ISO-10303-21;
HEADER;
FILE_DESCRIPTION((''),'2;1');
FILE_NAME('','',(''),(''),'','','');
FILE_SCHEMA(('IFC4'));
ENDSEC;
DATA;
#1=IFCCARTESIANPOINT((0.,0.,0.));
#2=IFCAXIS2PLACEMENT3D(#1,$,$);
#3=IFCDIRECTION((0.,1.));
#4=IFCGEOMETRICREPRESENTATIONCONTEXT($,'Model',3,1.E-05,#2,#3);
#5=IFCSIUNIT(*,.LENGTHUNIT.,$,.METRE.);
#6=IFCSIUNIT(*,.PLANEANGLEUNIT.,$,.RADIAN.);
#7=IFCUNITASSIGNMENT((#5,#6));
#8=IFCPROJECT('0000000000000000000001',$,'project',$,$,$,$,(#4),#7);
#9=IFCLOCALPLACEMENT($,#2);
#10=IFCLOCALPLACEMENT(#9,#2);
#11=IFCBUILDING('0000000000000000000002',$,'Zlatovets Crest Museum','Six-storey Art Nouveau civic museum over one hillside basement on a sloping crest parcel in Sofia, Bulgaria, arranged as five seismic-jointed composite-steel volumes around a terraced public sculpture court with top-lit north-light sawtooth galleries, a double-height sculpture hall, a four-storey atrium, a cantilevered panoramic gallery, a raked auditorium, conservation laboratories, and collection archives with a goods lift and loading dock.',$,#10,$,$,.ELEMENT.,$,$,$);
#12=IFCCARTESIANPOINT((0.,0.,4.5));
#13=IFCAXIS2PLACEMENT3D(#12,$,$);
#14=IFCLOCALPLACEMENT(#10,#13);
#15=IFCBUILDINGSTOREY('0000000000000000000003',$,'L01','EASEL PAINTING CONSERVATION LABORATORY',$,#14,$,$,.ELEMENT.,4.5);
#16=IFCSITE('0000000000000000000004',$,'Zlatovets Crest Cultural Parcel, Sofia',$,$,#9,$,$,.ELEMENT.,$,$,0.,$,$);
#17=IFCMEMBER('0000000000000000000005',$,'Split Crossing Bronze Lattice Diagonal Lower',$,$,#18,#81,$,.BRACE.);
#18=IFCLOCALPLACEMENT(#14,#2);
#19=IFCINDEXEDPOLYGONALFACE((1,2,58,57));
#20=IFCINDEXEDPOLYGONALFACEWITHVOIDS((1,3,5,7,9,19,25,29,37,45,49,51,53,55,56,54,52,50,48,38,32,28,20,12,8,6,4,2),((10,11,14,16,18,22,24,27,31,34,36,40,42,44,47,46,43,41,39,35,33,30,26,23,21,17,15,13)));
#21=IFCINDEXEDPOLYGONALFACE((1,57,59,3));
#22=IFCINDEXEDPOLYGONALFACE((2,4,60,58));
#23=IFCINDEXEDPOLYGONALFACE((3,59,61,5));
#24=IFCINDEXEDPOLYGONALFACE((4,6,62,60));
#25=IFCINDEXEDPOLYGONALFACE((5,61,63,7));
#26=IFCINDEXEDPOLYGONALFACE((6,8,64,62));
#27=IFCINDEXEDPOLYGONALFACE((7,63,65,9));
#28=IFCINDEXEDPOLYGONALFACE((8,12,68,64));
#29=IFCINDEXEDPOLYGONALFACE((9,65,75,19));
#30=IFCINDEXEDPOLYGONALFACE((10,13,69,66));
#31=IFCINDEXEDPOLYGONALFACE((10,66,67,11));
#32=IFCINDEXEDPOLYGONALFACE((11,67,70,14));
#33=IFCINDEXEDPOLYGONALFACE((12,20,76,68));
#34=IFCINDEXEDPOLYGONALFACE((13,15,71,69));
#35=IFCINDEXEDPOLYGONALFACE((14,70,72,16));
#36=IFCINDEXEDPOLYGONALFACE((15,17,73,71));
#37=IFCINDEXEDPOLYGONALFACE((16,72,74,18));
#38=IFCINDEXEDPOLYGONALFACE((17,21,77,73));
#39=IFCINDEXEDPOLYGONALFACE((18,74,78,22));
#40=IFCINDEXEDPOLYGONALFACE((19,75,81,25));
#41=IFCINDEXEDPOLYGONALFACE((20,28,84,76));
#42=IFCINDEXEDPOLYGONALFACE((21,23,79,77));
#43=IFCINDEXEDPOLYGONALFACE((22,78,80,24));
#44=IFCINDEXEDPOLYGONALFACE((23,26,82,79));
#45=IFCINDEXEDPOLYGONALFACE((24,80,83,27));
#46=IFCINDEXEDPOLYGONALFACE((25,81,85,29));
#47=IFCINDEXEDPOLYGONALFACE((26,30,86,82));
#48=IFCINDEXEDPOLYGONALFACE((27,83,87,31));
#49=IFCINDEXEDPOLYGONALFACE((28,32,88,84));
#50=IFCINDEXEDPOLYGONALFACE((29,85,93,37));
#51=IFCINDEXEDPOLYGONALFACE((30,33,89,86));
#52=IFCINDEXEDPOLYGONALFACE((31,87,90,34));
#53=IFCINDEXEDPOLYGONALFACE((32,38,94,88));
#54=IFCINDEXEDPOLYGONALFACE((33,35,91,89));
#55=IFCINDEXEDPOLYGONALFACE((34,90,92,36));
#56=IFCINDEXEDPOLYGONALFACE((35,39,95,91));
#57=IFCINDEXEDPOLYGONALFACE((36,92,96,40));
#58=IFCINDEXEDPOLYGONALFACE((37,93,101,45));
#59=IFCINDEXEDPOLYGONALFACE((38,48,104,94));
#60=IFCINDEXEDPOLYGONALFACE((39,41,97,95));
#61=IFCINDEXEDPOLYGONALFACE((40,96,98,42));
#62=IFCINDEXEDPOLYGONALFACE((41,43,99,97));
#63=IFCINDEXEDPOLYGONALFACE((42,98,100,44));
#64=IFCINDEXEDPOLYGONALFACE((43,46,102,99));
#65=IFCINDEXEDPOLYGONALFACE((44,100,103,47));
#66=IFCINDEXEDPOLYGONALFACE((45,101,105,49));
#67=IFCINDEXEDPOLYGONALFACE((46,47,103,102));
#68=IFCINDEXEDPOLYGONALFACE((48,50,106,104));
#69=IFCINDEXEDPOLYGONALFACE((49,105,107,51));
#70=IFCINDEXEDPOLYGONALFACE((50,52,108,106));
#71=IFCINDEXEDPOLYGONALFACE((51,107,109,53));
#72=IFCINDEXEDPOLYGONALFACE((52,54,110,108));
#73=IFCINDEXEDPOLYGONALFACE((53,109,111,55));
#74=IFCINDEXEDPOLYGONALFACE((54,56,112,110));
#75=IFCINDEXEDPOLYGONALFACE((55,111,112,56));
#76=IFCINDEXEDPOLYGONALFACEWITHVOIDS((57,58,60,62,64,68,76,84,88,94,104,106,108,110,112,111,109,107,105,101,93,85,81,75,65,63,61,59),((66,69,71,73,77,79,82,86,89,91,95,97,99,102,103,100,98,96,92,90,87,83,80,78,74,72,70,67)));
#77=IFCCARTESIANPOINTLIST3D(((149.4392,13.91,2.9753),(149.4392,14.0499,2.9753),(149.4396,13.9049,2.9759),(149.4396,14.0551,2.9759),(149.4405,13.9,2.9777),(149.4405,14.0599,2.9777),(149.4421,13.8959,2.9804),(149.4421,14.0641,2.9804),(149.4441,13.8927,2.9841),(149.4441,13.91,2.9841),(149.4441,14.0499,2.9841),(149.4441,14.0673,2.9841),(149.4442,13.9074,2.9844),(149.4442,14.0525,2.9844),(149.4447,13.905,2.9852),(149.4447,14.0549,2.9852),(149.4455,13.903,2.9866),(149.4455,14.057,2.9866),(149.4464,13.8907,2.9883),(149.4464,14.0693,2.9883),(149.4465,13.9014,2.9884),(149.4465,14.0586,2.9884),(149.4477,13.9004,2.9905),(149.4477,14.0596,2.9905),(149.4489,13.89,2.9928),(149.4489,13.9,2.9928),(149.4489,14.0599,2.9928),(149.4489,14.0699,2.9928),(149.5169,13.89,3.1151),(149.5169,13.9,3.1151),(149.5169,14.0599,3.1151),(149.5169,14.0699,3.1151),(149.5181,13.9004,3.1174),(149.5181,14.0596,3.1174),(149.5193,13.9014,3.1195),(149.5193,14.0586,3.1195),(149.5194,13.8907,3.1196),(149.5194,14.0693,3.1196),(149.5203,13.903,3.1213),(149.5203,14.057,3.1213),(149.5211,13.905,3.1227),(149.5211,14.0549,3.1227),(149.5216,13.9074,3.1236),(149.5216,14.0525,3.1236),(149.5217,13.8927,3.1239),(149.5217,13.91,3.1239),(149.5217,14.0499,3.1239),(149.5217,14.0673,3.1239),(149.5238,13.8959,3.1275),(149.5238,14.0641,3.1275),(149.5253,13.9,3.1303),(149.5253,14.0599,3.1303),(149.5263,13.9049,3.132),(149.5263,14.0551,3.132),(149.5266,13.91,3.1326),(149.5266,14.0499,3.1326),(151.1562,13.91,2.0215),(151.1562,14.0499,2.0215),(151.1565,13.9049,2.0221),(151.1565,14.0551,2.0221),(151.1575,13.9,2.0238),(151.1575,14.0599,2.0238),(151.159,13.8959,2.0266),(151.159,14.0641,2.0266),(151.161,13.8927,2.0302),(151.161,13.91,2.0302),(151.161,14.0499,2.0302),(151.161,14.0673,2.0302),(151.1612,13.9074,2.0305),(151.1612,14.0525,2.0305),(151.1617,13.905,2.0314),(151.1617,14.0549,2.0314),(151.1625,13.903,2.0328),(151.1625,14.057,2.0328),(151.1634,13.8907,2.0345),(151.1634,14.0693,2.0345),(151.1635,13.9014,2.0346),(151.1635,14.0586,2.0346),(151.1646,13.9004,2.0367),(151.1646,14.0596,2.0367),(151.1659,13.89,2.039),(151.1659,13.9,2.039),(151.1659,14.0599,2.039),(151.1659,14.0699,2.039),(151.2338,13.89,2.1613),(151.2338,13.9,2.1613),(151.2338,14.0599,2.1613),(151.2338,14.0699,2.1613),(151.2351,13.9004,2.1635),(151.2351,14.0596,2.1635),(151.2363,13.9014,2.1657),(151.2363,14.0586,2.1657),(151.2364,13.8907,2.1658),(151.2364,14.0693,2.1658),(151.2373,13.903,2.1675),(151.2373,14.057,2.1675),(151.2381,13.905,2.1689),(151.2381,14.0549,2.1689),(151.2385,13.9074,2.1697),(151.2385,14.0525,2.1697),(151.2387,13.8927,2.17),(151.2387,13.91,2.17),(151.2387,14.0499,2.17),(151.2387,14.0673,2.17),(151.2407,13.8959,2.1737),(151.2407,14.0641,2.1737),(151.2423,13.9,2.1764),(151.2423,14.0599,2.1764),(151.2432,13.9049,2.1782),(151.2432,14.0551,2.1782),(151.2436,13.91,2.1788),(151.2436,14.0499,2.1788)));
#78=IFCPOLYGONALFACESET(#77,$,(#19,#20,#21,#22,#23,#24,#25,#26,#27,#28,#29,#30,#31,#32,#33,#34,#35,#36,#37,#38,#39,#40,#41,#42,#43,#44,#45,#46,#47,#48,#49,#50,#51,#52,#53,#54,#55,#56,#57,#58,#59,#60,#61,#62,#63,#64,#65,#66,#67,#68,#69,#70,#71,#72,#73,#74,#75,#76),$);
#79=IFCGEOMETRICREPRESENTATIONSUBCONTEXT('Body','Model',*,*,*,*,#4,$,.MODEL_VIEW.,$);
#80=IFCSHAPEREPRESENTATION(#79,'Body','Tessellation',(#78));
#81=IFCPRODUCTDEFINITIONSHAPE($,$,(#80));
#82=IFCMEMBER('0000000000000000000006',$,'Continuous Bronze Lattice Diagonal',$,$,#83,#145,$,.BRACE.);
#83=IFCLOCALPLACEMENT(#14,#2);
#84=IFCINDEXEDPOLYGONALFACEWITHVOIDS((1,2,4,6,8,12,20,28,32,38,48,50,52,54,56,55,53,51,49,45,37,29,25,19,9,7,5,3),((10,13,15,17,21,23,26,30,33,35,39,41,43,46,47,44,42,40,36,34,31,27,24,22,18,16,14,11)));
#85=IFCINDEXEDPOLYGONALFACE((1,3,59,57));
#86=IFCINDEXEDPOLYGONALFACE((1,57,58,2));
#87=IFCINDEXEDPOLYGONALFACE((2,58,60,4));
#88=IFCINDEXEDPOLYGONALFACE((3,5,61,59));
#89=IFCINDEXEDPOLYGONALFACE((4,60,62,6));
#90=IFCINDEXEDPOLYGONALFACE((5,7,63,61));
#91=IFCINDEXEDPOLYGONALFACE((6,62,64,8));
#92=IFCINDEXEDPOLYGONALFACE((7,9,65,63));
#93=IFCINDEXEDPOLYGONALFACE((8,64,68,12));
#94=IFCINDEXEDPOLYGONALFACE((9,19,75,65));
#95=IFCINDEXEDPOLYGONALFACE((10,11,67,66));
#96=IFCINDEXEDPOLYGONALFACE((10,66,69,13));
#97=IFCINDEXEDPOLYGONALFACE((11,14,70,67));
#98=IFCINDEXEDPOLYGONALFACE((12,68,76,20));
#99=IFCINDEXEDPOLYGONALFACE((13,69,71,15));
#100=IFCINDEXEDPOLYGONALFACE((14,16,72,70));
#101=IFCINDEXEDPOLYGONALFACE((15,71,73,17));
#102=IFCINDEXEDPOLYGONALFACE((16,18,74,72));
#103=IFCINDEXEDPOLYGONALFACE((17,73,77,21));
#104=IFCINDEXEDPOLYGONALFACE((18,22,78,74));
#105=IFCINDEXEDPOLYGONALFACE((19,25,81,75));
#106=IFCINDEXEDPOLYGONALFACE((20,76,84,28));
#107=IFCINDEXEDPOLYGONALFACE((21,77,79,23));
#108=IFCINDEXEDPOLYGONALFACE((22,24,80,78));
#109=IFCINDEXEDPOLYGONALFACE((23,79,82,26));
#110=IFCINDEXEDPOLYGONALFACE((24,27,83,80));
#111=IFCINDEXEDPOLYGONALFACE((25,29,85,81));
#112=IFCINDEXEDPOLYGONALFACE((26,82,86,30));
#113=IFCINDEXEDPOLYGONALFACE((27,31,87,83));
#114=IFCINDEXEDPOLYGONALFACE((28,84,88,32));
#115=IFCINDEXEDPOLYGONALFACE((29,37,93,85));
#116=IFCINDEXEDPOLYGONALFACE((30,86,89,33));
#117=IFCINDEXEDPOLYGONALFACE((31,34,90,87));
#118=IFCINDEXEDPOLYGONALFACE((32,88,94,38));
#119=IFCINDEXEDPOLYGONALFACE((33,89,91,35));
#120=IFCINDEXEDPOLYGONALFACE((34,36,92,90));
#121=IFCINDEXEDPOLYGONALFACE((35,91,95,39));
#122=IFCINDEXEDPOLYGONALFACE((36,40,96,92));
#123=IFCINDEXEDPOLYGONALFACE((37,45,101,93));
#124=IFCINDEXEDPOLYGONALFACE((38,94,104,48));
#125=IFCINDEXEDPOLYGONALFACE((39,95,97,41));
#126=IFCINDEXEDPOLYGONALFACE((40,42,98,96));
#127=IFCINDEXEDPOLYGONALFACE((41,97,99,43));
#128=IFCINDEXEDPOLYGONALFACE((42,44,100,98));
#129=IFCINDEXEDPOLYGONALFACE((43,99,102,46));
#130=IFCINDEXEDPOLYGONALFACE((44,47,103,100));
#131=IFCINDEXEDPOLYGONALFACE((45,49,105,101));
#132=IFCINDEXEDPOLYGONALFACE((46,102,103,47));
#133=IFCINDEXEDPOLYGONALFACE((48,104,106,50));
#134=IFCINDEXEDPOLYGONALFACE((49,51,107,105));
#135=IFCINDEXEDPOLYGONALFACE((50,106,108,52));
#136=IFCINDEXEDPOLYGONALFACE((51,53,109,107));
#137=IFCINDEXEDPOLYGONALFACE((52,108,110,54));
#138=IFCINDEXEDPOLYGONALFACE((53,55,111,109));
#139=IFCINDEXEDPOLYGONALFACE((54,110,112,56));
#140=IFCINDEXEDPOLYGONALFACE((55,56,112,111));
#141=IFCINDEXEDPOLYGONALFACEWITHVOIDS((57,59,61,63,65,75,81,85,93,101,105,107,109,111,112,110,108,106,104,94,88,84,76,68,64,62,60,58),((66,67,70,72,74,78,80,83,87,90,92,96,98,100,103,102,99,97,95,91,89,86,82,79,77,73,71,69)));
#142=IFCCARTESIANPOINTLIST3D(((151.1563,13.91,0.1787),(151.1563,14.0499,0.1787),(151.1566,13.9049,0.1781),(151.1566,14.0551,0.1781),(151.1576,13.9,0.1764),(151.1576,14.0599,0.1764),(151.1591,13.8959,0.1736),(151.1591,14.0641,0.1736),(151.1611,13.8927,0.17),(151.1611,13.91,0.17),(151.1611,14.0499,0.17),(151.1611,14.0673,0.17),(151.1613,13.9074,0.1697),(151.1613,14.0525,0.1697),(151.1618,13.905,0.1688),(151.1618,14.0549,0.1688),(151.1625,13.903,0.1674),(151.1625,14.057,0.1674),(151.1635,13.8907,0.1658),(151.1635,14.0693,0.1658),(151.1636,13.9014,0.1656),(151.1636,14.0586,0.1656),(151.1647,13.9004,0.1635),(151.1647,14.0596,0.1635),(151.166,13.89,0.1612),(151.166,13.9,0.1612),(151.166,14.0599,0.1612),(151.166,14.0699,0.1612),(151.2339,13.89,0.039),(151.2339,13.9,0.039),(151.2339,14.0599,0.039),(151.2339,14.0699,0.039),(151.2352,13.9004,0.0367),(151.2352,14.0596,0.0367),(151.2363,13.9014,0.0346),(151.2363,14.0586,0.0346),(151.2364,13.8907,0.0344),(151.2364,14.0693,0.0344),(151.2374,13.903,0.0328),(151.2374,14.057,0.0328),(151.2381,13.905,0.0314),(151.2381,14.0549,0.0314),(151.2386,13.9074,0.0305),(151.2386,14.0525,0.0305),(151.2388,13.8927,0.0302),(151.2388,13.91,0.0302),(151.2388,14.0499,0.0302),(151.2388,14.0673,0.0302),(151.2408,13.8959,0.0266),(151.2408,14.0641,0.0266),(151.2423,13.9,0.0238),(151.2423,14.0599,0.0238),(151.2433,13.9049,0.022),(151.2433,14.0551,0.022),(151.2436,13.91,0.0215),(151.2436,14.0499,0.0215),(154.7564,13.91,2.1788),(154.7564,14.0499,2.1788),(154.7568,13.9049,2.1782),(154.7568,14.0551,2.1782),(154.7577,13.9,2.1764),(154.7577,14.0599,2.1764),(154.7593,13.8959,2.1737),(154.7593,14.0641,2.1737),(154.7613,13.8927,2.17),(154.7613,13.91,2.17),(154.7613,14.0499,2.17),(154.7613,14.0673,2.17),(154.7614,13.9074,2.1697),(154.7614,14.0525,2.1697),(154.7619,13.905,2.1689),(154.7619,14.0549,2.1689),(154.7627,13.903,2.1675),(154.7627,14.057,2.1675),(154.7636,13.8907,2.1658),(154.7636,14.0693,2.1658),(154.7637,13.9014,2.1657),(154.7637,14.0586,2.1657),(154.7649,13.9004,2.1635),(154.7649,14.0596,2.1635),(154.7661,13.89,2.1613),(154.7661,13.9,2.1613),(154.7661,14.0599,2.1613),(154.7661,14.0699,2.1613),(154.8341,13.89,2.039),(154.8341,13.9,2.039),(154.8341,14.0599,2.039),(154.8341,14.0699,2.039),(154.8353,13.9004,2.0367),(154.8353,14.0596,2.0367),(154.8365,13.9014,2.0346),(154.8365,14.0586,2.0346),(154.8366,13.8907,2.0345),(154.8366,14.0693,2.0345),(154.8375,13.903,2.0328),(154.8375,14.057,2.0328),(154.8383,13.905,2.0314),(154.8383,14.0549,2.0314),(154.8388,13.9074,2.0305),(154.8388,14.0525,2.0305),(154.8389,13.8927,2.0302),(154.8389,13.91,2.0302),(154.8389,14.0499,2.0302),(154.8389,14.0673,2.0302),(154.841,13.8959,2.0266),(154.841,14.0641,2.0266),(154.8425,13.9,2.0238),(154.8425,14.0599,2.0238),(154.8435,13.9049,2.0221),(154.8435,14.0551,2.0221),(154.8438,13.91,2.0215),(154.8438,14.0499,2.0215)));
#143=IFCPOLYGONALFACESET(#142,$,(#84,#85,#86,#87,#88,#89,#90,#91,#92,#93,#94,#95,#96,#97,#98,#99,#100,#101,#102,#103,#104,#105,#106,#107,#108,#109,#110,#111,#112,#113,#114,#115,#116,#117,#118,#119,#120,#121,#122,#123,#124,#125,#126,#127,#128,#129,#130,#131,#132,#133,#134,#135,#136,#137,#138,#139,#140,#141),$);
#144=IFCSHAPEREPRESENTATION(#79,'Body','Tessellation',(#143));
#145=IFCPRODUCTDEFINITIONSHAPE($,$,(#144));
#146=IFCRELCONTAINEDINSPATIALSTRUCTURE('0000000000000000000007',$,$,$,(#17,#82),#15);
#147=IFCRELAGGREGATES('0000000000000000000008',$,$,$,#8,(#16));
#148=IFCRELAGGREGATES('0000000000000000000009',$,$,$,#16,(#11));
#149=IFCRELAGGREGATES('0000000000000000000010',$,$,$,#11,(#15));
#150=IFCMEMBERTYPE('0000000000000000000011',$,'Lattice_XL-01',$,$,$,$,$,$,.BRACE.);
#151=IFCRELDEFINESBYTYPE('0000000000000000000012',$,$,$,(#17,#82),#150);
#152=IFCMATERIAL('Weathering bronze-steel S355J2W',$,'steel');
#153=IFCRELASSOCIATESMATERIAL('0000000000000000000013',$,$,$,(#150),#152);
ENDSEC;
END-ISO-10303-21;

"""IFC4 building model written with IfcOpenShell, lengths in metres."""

from ifc_helpers import new_model, si_unit, direction, frame, origin, origin_2d, place, context, subcontext, project, spatial, hollow_rectangle, extrude, material, material_profile, profile_set, type_object, element, save


model = new_model("IFC4")

# Units and contexts
model_context = context("Model", 3, precision=1e-05, world=origin(), true_north=direction((0.0, 1.0)))
body_context = subcontext(model_context, "Body", "Model", "MODEL_VIEW")
ifc_project = project(units=[si_unit("LENGTHUNIT", "METRE"), si_unit("PLANEANGLEUNIT", "RADIAN")], contexts=[model_context])

# Site, building, storey
site_placement = place(None, origin())
site = spatial("IfcSite", under=ifc_project, at=site_placement, Name="Zlatovets Crest Cultural Parcel, Sofia", CompositionType="ELEMENT", RefElevation=0.0)
building_placement = place(site_placement, origin())
building = spatial("IfcBuilding", under=site, at=building_placement, Name="Zlatovets Crest Museum", Description="Six-storey Art Nouveau civic museum over one hillside basement on a sloping crest parcel in Sofia, Bulgaria, arranged as five seismic-jointed composite-steel volumes around a terraced public sculpture court with top-lit north-light sawtooth galleries, a double-height sculpture hall, a four-storey atrium, a cantilevered panoramic gallery, a raked auditorium, conservation laboratories, and collection archives with a goods lift and loading dock.", CompositionType="ELEMENT")
storey_placement = place(building_placement, frame((0.0, 0.0, 4.5)))
storey = spatial("IfcBuildingStorey", under=building, at=storey_placement, Name="L01", Description="EASEL PAINTING CONSERVATION LABORATORY", CompositionType="ELEMENT", Elevation=4.5)

# Members
ifc_material_1 = material(Name="Weathering bronze-steel S355J2W", Category="steel")
ifc_material_profile_1 = material_profile(ifc_material_1, hollow_rectangle(XDim=0.1799, YDim=0.1799, WallThickness=0.01, InnerFilletRadius=0.01, OuterFilletRadius=0.02, at=origin_2d()), Name="SHS 180x180x10.0")
ifc_profile_set_1 = profile_set([ifc_material_profile_1], Name="Weathering bronze-steel S355J2W")
member_type_1 = type_object("IfcMemberType", Name="Lattice_XL-01", PredefinedType="BRACE", material=ifc_profile_set_1)
for number, where, z_axis, x_axis, name in (
    (1, (149.4829, 13.98, 3.054), (0.874169, 0.0, -0.485622), (0.0, 1.0, 0.0), "Split Crossing Bronze Lattice Diagonal Lower"),
):
    element("IfcMember", number, at=place(storey_placement, frame(where, z_axis=z_axis, x_axis=x_axis)), inside=storey, type_object=member_type_1, Name=name, PredefinedType="BRACE", context=body_context, shape_type="SweptSolid", body=[
        extrude(hollow_rectangle(XDim=0.1799, YDim=0.1799, WallThickness=0.01, InnerFilletRadius=0.01, OuterFilletRadius=0.02, at=origin_2d()), origin(), (0.0, 0.0, 1.0), 1.9641),
    ])
member_1_placement = place(storey_placement, frame((151.2, 13.98, 0.1001), z_axis=(0.874163, 0.0, 0.485633), x_axis=(0.0, 1.0, 0.0)))
element("IfcMember", 2, at=member_1_placement, inside=storey, type_object=member_type_1, Name="Continuous Bronze Lattice Diagonal", PredefinedType="BRACE", context=body_context, shape_type="SweptSolid", body=[
    extrude(hollow_rectangle(XDim=0.1799, YDim=0.1799, WallThickness=0.01, InnerFilletRadius=0.01, OuterFilletRadius=0.02, at=origin_2d()), origin(), (0.0, 0.0, 1.0), 4.1184),
])

save(model, "model.ifc")
